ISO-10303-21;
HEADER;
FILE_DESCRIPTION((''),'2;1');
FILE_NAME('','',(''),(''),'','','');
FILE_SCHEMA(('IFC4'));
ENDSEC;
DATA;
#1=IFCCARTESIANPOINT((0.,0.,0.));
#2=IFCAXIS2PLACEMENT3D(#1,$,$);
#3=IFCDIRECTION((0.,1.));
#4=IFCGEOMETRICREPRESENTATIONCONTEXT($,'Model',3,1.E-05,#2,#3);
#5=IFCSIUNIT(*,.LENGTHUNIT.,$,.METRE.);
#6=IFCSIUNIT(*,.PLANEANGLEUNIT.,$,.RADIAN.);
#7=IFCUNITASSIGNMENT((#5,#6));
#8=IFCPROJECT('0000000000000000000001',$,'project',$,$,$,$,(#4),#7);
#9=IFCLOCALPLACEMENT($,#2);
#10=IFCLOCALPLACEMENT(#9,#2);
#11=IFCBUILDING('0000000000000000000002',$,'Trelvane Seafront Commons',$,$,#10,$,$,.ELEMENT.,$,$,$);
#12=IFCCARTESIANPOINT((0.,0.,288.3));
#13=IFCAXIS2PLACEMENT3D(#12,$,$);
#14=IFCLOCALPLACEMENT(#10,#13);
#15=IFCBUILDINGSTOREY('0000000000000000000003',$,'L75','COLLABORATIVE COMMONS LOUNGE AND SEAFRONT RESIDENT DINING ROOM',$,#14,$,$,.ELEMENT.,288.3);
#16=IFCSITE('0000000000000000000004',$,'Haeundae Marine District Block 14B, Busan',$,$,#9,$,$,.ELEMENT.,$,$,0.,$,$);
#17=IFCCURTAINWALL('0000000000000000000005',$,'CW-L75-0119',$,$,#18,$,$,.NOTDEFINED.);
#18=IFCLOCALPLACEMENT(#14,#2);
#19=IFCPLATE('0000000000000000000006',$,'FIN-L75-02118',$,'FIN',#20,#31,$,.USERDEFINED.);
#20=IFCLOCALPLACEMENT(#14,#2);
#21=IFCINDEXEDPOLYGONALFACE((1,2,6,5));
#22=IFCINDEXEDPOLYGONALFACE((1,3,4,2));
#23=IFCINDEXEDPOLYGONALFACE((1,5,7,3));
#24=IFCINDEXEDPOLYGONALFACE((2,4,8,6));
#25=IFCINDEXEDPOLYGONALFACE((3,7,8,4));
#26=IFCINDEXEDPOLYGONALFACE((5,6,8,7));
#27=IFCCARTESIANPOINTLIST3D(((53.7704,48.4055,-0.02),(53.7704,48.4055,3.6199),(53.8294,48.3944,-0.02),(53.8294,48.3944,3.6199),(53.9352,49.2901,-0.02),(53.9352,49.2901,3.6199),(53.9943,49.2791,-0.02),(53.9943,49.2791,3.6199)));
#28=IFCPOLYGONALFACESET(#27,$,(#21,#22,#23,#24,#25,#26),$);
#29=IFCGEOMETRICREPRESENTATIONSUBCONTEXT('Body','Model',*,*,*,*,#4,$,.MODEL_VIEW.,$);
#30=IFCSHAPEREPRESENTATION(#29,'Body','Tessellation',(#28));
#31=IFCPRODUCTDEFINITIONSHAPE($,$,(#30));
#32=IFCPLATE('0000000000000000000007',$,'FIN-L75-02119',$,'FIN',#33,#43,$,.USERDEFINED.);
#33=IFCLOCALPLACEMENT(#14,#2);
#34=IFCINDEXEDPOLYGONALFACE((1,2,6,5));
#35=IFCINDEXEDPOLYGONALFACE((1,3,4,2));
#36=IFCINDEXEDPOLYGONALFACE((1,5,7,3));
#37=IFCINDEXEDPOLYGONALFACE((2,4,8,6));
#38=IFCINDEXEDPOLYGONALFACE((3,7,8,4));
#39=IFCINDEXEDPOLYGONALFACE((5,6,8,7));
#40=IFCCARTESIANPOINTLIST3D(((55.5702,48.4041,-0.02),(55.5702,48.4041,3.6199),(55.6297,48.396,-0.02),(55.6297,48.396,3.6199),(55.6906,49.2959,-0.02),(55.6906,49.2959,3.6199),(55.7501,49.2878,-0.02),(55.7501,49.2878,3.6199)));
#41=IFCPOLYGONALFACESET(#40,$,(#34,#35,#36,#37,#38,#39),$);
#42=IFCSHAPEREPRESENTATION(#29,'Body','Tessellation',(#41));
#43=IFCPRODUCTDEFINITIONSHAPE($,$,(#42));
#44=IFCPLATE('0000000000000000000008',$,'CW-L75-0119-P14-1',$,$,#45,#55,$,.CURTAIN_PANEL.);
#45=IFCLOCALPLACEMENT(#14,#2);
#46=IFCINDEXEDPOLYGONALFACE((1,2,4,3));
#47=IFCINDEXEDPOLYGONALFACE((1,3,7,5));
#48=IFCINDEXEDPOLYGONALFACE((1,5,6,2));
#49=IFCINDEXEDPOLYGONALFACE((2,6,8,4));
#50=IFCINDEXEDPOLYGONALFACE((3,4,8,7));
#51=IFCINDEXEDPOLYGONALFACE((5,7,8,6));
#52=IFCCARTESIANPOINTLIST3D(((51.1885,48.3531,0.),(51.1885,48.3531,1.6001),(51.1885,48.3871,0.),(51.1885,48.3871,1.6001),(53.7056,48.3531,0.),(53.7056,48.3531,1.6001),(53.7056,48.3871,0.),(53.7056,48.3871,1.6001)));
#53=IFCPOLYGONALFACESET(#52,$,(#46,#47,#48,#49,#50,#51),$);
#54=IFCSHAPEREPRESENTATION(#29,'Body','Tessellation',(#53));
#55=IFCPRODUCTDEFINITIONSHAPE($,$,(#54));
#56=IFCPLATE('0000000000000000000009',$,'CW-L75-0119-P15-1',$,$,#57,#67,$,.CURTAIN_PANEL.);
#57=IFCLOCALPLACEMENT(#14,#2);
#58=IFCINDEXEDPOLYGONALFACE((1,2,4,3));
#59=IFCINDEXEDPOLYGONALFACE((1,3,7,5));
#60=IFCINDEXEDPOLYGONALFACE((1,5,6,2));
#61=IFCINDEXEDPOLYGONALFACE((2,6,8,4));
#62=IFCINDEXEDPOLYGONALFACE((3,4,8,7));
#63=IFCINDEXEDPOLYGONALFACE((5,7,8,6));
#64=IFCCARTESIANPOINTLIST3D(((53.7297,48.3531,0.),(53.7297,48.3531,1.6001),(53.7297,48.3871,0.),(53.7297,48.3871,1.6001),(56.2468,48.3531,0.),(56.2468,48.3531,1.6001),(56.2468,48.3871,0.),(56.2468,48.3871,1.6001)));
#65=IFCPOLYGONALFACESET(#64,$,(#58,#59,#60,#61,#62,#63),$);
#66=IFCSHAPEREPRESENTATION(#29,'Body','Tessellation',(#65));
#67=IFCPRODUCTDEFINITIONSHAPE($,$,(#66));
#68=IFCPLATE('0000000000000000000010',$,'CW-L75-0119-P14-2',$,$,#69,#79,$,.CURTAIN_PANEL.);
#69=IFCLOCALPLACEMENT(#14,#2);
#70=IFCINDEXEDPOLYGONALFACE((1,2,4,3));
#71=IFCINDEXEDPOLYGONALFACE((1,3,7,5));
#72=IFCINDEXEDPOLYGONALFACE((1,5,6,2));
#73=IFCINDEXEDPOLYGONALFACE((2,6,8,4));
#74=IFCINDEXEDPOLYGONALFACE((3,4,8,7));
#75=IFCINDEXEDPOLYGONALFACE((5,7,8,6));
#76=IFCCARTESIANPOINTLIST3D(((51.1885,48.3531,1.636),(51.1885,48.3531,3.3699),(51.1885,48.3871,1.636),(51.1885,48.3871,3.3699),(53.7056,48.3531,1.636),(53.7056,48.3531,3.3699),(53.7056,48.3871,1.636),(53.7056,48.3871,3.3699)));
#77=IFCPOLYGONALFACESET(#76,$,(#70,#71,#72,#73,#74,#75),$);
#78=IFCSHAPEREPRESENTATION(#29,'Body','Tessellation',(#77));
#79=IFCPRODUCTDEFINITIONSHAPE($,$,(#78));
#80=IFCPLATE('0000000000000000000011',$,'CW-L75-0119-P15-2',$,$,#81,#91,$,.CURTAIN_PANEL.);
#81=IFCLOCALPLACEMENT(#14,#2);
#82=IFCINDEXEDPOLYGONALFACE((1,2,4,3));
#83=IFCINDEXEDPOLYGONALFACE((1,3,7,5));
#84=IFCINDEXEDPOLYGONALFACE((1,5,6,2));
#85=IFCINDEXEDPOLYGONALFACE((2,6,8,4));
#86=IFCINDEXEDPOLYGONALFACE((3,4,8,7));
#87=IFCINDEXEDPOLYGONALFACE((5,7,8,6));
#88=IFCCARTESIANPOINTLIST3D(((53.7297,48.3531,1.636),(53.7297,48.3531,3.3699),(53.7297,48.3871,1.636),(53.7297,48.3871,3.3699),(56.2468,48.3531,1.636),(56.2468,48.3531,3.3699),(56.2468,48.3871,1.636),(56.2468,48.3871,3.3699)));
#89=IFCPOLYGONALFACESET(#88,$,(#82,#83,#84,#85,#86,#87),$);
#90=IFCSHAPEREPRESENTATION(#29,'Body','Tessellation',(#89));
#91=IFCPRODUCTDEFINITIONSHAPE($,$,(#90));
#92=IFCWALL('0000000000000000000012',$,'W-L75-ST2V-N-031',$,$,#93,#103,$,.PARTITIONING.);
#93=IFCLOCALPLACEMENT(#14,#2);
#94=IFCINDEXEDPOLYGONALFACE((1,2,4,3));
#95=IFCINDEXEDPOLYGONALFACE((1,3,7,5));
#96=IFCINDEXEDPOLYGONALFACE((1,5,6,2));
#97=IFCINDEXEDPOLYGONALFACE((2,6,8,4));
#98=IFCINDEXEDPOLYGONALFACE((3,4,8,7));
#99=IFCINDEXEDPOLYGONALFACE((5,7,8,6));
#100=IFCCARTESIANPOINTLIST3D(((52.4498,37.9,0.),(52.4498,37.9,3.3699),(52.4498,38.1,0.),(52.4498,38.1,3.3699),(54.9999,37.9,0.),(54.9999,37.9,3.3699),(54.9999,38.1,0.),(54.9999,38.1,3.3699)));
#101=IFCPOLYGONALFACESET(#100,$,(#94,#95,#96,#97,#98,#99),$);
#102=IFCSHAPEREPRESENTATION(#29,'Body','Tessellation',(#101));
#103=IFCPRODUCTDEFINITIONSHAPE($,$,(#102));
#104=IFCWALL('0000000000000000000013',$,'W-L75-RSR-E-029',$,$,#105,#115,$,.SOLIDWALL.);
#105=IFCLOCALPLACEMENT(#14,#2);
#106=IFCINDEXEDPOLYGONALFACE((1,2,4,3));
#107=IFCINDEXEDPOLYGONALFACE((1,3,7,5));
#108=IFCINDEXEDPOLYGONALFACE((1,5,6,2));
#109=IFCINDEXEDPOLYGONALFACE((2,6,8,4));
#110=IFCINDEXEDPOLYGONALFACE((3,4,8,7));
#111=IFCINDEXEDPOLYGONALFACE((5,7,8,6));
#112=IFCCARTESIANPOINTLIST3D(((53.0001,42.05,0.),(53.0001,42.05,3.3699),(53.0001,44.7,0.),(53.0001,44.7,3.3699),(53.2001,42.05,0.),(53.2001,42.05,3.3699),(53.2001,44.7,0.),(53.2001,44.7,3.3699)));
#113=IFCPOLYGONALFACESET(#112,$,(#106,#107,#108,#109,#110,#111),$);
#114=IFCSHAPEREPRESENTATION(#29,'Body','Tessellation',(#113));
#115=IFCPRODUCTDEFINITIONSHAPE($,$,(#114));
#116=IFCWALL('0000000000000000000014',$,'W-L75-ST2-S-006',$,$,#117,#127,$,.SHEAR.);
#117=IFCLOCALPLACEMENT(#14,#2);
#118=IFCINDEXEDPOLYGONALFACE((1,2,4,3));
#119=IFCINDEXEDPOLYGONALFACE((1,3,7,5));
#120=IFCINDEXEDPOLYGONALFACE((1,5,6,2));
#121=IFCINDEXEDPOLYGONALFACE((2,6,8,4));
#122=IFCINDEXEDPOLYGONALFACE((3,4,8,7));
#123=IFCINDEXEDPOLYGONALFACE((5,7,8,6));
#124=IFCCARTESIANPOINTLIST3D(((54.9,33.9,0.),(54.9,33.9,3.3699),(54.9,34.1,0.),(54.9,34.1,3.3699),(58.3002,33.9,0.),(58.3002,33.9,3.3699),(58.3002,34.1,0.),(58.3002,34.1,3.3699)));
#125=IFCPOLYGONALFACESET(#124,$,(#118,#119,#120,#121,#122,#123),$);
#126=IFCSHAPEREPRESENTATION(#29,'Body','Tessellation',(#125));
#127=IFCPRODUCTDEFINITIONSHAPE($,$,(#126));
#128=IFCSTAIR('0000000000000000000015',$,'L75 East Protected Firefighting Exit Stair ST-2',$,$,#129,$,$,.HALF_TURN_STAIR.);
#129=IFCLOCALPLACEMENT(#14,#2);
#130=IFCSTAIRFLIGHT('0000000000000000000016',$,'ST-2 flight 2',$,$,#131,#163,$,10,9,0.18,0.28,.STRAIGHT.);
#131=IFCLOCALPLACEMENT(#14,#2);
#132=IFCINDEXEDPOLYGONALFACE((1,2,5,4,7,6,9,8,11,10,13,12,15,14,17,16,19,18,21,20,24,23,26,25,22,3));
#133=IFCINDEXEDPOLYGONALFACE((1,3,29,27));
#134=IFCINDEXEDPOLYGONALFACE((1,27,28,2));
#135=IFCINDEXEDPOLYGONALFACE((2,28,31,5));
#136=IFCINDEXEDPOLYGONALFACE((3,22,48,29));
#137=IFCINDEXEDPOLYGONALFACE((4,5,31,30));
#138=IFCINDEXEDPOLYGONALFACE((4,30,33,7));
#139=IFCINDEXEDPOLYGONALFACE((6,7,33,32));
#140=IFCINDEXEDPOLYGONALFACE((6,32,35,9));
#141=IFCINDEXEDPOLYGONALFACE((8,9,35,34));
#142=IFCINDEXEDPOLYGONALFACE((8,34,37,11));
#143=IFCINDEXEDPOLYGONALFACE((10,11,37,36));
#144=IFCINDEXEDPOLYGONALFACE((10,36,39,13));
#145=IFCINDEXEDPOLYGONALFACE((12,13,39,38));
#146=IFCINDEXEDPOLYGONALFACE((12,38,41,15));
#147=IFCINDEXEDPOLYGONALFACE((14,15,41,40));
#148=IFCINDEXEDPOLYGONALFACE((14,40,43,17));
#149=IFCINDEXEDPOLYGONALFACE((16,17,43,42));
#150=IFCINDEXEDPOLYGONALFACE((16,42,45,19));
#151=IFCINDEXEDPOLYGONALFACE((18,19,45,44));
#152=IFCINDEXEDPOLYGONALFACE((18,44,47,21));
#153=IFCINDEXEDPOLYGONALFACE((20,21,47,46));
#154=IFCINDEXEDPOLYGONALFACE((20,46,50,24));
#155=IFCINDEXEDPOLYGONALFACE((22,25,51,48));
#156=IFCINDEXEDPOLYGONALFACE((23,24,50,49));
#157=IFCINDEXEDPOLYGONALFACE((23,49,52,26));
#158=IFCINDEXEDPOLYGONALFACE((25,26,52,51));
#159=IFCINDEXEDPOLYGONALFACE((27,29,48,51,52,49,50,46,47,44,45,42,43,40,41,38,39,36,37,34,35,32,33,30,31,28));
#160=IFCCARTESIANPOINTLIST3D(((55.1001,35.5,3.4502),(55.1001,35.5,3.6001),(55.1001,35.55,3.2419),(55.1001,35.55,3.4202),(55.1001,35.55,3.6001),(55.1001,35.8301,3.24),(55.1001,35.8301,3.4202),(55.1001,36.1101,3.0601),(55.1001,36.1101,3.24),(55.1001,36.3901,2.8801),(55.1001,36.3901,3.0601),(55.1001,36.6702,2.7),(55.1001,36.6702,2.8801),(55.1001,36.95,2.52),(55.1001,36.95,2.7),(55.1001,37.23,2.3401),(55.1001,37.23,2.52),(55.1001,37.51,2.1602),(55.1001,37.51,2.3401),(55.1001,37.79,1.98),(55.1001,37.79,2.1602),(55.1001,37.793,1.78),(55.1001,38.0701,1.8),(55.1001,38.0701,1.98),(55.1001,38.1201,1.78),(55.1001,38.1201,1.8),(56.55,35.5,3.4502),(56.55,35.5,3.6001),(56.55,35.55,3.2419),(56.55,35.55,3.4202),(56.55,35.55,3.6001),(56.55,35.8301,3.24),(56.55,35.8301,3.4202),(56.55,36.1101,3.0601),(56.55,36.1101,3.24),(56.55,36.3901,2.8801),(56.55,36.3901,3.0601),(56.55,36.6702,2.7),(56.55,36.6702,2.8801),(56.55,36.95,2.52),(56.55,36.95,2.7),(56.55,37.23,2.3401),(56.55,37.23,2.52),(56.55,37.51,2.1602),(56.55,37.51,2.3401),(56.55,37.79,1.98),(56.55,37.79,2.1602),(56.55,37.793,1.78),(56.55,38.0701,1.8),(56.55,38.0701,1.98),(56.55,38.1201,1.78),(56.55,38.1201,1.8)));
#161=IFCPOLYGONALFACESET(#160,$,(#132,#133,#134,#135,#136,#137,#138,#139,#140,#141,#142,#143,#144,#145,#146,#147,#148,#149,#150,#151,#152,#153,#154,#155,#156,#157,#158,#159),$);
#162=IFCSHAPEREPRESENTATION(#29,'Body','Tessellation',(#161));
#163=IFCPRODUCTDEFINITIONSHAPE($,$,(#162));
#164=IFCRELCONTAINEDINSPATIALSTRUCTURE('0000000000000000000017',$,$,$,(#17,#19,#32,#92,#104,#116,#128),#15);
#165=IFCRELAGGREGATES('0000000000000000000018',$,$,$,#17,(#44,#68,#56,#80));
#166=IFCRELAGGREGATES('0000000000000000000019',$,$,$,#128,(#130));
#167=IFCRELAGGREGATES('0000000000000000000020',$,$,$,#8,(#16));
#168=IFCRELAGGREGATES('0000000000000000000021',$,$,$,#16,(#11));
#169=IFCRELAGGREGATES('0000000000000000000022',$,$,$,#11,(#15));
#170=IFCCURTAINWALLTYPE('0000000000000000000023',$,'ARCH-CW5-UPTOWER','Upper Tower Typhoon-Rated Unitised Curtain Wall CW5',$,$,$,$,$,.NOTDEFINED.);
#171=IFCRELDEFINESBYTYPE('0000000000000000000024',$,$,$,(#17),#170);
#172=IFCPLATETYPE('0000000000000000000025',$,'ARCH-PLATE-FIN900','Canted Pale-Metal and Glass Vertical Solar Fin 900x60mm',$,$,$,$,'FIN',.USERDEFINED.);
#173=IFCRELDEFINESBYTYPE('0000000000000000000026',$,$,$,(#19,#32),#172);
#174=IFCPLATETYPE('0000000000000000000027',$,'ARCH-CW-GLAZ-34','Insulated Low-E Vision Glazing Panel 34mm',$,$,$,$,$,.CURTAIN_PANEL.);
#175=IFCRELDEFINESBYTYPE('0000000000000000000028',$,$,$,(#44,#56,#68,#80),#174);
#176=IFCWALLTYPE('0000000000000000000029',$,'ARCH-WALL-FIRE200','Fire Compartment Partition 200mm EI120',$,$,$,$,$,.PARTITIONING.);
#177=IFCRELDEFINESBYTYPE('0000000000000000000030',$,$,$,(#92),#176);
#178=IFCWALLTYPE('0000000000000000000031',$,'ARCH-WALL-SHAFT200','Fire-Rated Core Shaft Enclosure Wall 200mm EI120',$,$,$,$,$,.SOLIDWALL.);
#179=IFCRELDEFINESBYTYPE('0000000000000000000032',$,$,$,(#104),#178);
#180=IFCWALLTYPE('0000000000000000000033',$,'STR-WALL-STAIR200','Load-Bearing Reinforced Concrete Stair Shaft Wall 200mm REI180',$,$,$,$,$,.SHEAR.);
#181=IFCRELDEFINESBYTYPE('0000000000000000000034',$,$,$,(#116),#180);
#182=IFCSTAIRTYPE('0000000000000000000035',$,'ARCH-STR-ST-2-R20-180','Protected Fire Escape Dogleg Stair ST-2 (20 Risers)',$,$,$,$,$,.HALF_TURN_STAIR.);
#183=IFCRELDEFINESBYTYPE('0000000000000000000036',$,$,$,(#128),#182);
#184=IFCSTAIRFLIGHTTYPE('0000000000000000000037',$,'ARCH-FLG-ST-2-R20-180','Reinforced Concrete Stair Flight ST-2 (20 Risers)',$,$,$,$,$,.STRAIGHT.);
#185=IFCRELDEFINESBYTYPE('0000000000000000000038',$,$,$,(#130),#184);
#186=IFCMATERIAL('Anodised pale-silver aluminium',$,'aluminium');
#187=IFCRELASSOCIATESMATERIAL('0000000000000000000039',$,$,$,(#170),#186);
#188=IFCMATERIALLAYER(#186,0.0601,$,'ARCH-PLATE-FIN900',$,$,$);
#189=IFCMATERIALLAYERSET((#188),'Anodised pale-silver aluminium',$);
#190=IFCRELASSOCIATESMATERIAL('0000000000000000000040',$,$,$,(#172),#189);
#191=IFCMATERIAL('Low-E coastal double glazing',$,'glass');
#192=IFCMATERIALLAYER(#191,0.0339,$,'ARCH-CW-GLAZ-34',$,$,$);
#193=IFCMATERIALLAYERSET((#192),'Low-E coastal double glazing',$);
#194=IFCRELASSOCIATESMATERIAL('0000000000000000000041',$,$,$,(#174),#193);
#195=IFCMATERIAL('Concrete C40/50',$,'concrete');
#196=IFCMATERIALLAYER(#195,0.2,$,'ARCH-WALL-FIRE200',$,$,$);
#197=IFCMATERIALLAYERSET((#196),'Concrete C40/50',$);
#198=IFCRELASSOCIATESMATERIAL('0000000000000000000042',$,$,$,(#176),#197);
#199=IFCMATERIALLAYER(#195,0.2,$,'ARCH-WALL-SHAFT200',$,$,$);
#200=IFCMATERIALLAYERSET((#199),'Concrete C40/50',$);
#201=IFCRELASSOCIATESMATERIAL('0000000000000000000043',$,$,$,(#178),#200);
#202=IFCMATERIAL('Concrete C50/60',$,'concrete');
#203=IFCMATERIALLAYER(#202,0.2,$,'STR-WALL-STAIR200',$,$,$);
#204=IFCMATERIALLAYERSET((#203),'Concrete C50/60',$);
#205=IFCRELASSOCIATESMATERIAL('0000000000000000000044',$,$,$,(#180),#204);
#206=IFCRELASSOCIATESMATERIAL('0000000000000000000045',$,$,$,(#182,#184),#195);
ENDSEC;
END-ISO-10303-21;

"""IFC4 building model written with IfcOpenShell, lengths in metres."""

from ifc_helpers import new_model, si_unit, direction, frame, frame_2d, origin, origin_2d, place, context, subcontext, project, spatial, polyline, rectangle, outline, extrude, source, transform, mapped, material, layer, layer_set, type_object, element, aggregate, save


model = new_model("IFC4")

# Units and contexts
model_context = context("Model", 3, precision=1e-05, world=origin(), true_north=direction((0.0, 1.0)))
body_context = subcontext(model_context, "Body", "Model", "MODEL_VIEW")
ifc_project = project(units=[si_unit("LENGTHUNIT", "METRE"), si_unit("PLANEANGLEUNIT", "RADIAN")], contexts=[model_context])

# Site, building, storey
site_placement = place(None, origin())
site = spatial("IfcSite", under=ifc_project, at=site_placement, Name="Haeundae Marine District Block 14B, Busan", CompositionType="ELEMENT", RefElevation=0.0)
building_placement = place(site_placement, origin())
building = spatial("IfcBuilding", under=site, at=building_placement, Name="Trelvane Seafront Commons", CompositionType="ELEMENT")
storey_placement = place(building_placement, frame((0.0, 0.0, 288.3)))
storey = spatial("IfcBuildingStorey", under=building, at=storey_placement, Name="L75", Description="COLLABORATIVE COMMONS LOUNGE AND SEAFRONT RESIDENT DINING ROOM", CompositionType="ELEMENT", Elevation=288.3)

# Shared definitions
ifc_material_1 = material(Name="Concrete C50/60", Category="concrete")

# Curtain wall
ifc_material_2 = material(Name="Anodised pale-silver aluminium", Category="aluminium")
curtain_wall_type = type_object("IfcCurtainWallType", Name="ARCH-CW5-UPTOWER", Description="Upper Tower Typhoon-Rated Unitised Curtain Wall CW5", PredefinedType="NOTDEFINED", material=ifc_material_2)
curtain_wall_placement = place(storey_placement, origin())
curtain_wall = element("IfcCurtainWall", 1, at=curtain_wall_placement, inside=storey, type_object=curtain_wall_type, Name="CW-L75-0119", PredefinedType="NOTDEFINED")

# Plates
ifc_layer_1 = layer(ifc_material_2, 0.0601, Name="ARCH-PLATE-FIN900")
ifc_layer_set_1 = layer_set([ifc_layer_1], Name="Anodised pale-silver aluminium")
plate_type_1 = type_object("IfcPlateType", Name="ARCH-PLATE-FIN900", Description="Canted Pale-Metal and Glass Vertical Solar Fin 900x60mm", ElementType="FIN", PredefinedType="USERDEFINED", material=ifc_layer_set_1)
shared_shape_1 = source(origin(), body_context, "Body", "SweptSolid", [
    extrude(rectangle(XDim=0.8999, YDim=0.0601, at=origin_2d()), origin(), (0.0, 0.0, 1.0), 3.6399),
])
for number, where, z_axis, x_axis, name in (
    (2, (53.8823, 48.8423, -0.02), (0.0, 0.0, 1.0), (0.183215, 0.983073, 0.0), "FIN-L75-02118"),
    (3, (55.6602, 48.8459, -0.02), (0.0, 0.0, 1.0), (0.133779, 0.991011, 0.0), "FIN-L75-02119"),
):
    element("IfcPlate", number, at=place(storey_placement, frame(where, z_axis=z_axis, x_axis=x_axis)), inside=storey, type_object=plate_type_1, Name=name, ObjectType="FIN", PredefinedType="USERDEFINED", context=body_context, shape_type="MappedRepresentation", body=[
        mapped(shared_shape_1, transform((0.0, 0.0, 0.0), x_axis=(1.0, 0.0, 0.0), y_axis=(0.0, 1.0, 0.0), z_axis=(0.0, 0.0, 1.0), scale=1.0)),
    ])

# Plates
ifc_material_3 = material(Name="Low-E coastal double glazing", Category="glass")
ifc_layer_2 = layer(ifc_material_3, 0.0339, Name="ARCH-CW-GLAZ-34")
ifc_layer_set_2 = layer_set([ifc_layer_2], Name="Low-E coastal double glazing")
plate_type_2 = type_object("IfcPlateType", Name="ARCH-CW-GLAZ-34", Description="Insulated Low-E Vision Glazing Panel 34mm", PredefinedType="CURTAIN_PANEL", material=ifc_layer_set_2)
shared_shape_2 = source(origin(), body_context, "Body", "SweptSolid", [
    extrude(rectangle(XDim=2.5171, YDim=0.0339, at=origin_2d()), origin(), (0.0, 0.0, 1.0), 1.6001),
])
plate_1_placement = place(storey_placement, frame((52.447, 48.3701, 0.0), z_axis=(0.0, 0.0, 1.0), x_axis=(1.0, 0.0, 0.0)))
plate_1 = element("IfcPlate", 4, at=plate_1_placement, type_object=plate_type_2, Name="CW-L75-0119-P14-1", PredefinedType="CURTAIN_PANEL", context=body_context, shape_type="MappedRepresentation", body=[
    mapped(shared_shape_2, transform((0.0, 0.0, 0.0), x_axis=(1.0, 0.0, 0.0), y_axis=(0.0, 1.0, 0.0), z_axis=(0.0, 0.0, 1.0), scale=1.0)),
])
plate_2_placement = place(storey_placement, frame((54.9883, 48.3701, 0.0), z_axis=(0.0, 0.0, 1.0), x_axis=(1.0, 0.0, 0.0)))
plate_2 = element("IfcPlate", 5, at=plate_2_placement, type_object=plate_type_2, Name="CW-L75-0119-P15-1", PredefinedType="CURTAIN_PANEL", context=body_context, shape_type="MappedRepresentation", body=[
    mapped(shared_shape_2, transform((0.0, 0.0, 0.0), x_axis=(1.0, 0.0, 0.0), y_axis=(0.0, 1.0, 0.0), z_axis=(0.0, 0.0, 1.0), scale=1.0)),
])
shared_shape_3 = source(origin(), body_context, "Body", "SweptSolid", [
    extrude(rectangle(XDim=2.5171, YDim=0.0339, at=origin_2d()), origin(), (0.0, 0.0, 1.0), 1.7339),
])
plate_3_placement = place(storey_placement, frame((52.447, 48.3701, 1.636), z_axis=(0.0, 0.0, 1.0), x_axis=(1.0, 0.0, 0.0)))
plate_3 = element("IfcPlate", 6, at=plate_3_placement, type_object=plate_type_2, Name="CW-L75-0119-P14-2", PredefinedType="CURTAIN_PANEL", context=body_context, shape_type="MappedRepresentation", body=[
    mapped(shared_shape_3, transform((0.0, 0.0, 0.0), x_axis=(1.0, 0.0, 0.0), y_axis=(0.0, 1.0, 0.0), z_axis=(0.0, 0.0, 1.0), scale=1.0)),
])
plate_4_placement = place(storey_placement, frame((54.9883, 48.3701, 1.636), z_axis=(0.0, 0.0, 1.0), x_axis=(1.0, 0.0, 0.0)))
plate_4 = element("IfcPlate", 7, at=plate_4_placement, type_object=plate_type_2, Name="CW-L75-0119-P15-2", PredefinedType="CURTAIN_PANEL", context=body_context, shape_type="MappedRepresentation", body=[
    mapped(shared_shape_3, transform((0.0, 0.0, 0.0), x_axis=(1.0, 0.0, 0.0), y_axis=(0.0, 1.0, 0.0), z_axis=(0.0, 0.0, 1.0), scale=1.0)),
])
aggregate(curtain_wall, [plate_1, plate_3, plate_2, plate_4])

# Walls
ifc_material_4 = material(Name="Concrete C40/50", Category="concrete")
ifc_layer_3 = layer(ifc_material_4, 0.2, Name="ARCH-WALL-FIRE200")
ifc_layer_set_3 = layer_set([ifc_layer_3], Name="Concrete C40/50")
wall_type_1 = type_object("IfcWallType", Name="ARCH-WALL-FIRE200", Description="Fire Compartment Partition 200mm EI120", PredefinedType="PARTITIONING", material=ifc_layer_set_3)
wall_1_placement = place(storey_placement, frame((52.45, 38.0, 0.0), z_axis=(0.0, 0.0, 1.0), x_axis=(1.0, 0.0, 0.0)))
element("IfcWall", 8, at=wall_1_placement, inside=storey, type_object=wall_type_1, Name="W-L75-ST2V-N-031", PredefinedType="PARTITIONING", context=body_context, shape_type="SweptSolid", body=[
    extrude(rectangle(XDim=2.55, YDim=0.2, at=frame_2d((1.2749, 0.0))), origin(), (0.0, 0.0, 1.0), 3.3699),
])
ifc_layer_4 = layer(ifc_material_4, 0.2, Name="ARCH-WALL-SHAFT200")
ifc_layer_set_4 = layer_set([ifc_layer_4], Name="Concrete C40/50")
wall_type_2 = type_object("IfcWallType", Name="ARCH-WALL-SHAFT200", Description="Fire-Rated Core Shaft Enclosure Wall 200mm EI120", PredefinedType="SOLIDWALL", material=ifc_layer_set_4)
wall_2_placement = place(storey_placement, frame((53.1001, 42.05, 0.0), z_axis=(0.0, 0.0, 1.0), x_axis=(0.0, 1.0, 0.0)))
element("IfcWall", 9, at=wall_2_placement, inside=storey, type_object=wall_type_2, Name="W-L75-RSR-E-029", PredefinedType="SOLIDWALL", context=body_context, shape_type="SweptSolid", body=[
    extrude(rectangle(XDim=2.6499, YDim=0.2, at=frame_2d((1.325, 0.0))), origin(), (0.0, 0.0, 1.0), 3.3699),
])
ifc_layer_5 = layer(ifc_material_1, 0.2, Name="STR-WALL-STAIR200")
ifc_layer_set_5 = layer_set([ifc_layer_5], Name="Concrete C50/60")
wall_type_3 = type_object("IfcWallType", Name="STR-WALL-STAIR200", Description="Load-Bearing Reinforced Concrete Stair Shaft Wall 200mm REI180", PredefinedType="SHEAR", material=ifc_layer_set_5)
wall_3_placement = place(storey_placement, frame((54.8999, 34.0, 0.0), z_axis=(0.0, 0.0, 1.0), x_axis=(1.0, 0.0, 0.0)))
element("IfcWall", 10, at=wall_3_placement, inside=storey, type_object=wall_type_3, Name="W-L75-ST2-S-006", PredefinedType="SHEAR", context=body_context, shape_type="SweptSolid", body=[
    extrude(rectangle(XDim=3.4001, YDim=0.2, at=frame_2d((1.7002, 0.0))), origin(), (0.0, 0.0, 1.0), 3.3699),
])

# Stair, stair flight
stair_type = type_object("IfcStairType", Name="ARCH-STR-ST-2-R20-180", Description="Protected Fire Escape Dogleg Stair ST-2 (20 Risers)", PredefinedType="HALF_TURN_STAIR", material=ifc_material_4)
stair_placement = place(storey_placement, origin())
stair = element("IfcStair", 11, at=stair_placement, inside=storey, type_object=stair_type, Name="L75 East Protected Firefighting Exit Stair ST-2", PredefinedType="HALF_TURN_STAIR")
stair_flight_type = type_object("IfcStairFlightType", Name="ARCH-FLG-ST-2-R20-180", Description="Reinforced Concrete Stair Flight ST-2 (20 Risers)", PredefinedType="STRAIGHT", material=ifc_material_4)
shared_shape_4 = source(origin(), body_context, "Body", "SweptSolid", [
    extrude(outline(polyline([(-0.05, -0.02), (-0.05, 0.0), (0.0, 0.0), (0.0, 0.1799), (0.28, 0.1799), (0.28, 0.3601), (0.5601, 0.3601), (0.5601, 0.54), (0.8401, 0.54), (0.8401, 0.72), (1.1201, 0.72), (1.1201, 0.8999), (1.3999, 0.8999), (1.3999, 1.0801), (1.6799, 1.0801), (1.6799, 1.26), (1.96, 1.26), (1.96, 1.4399), (2.24, 1.4399), (2.24, 1.6201), (2.52, 1.6201), (2.52, 1.8), (2.5701, 1.8), (2.5701, 1.6501), (2.52, 1.4419), (0.2771, -0.02), (-0.05, -0.02)])), frame((0.0, 0.7251, 0.0), z_axis=(0.0, -1.0, 0.0), x_axis=(1.0, 0.0, 0.0)), (0.0, 0.0, 1.0), 1.45),
])
stair_flight_placement = place(storey_placement, frame((55.825, 38.0701, 1.8), z_axis=(0.0, 0.0, 1.0), x_axis=(0.0, -1.0, 0.0)))
stair_flight = element("IfcStairFlight", 12, at=stair_flight_placement, type_object=stair_flight_type, Name="ST-2 flight 2", NumberOfRisers=10, NumberOfTreads=9, PredefinedType="STRAIGHT", RiserHeight=0.18, TreadLength=0.28, context=body_context, shape_type="MappedRepresentation", body=[
    mapped(shared_shape_4, transform((0.0, 0.0, 0.0), x_axis=(1.0, 0.0, 0.0), y_axis=(0.0, 1.0, 0.0), z_axis=(0.0, 0.0, 1.0), scale=1.0)),
])
aggregate(stair, [stair_flight])

save(model, "model.ifc")
